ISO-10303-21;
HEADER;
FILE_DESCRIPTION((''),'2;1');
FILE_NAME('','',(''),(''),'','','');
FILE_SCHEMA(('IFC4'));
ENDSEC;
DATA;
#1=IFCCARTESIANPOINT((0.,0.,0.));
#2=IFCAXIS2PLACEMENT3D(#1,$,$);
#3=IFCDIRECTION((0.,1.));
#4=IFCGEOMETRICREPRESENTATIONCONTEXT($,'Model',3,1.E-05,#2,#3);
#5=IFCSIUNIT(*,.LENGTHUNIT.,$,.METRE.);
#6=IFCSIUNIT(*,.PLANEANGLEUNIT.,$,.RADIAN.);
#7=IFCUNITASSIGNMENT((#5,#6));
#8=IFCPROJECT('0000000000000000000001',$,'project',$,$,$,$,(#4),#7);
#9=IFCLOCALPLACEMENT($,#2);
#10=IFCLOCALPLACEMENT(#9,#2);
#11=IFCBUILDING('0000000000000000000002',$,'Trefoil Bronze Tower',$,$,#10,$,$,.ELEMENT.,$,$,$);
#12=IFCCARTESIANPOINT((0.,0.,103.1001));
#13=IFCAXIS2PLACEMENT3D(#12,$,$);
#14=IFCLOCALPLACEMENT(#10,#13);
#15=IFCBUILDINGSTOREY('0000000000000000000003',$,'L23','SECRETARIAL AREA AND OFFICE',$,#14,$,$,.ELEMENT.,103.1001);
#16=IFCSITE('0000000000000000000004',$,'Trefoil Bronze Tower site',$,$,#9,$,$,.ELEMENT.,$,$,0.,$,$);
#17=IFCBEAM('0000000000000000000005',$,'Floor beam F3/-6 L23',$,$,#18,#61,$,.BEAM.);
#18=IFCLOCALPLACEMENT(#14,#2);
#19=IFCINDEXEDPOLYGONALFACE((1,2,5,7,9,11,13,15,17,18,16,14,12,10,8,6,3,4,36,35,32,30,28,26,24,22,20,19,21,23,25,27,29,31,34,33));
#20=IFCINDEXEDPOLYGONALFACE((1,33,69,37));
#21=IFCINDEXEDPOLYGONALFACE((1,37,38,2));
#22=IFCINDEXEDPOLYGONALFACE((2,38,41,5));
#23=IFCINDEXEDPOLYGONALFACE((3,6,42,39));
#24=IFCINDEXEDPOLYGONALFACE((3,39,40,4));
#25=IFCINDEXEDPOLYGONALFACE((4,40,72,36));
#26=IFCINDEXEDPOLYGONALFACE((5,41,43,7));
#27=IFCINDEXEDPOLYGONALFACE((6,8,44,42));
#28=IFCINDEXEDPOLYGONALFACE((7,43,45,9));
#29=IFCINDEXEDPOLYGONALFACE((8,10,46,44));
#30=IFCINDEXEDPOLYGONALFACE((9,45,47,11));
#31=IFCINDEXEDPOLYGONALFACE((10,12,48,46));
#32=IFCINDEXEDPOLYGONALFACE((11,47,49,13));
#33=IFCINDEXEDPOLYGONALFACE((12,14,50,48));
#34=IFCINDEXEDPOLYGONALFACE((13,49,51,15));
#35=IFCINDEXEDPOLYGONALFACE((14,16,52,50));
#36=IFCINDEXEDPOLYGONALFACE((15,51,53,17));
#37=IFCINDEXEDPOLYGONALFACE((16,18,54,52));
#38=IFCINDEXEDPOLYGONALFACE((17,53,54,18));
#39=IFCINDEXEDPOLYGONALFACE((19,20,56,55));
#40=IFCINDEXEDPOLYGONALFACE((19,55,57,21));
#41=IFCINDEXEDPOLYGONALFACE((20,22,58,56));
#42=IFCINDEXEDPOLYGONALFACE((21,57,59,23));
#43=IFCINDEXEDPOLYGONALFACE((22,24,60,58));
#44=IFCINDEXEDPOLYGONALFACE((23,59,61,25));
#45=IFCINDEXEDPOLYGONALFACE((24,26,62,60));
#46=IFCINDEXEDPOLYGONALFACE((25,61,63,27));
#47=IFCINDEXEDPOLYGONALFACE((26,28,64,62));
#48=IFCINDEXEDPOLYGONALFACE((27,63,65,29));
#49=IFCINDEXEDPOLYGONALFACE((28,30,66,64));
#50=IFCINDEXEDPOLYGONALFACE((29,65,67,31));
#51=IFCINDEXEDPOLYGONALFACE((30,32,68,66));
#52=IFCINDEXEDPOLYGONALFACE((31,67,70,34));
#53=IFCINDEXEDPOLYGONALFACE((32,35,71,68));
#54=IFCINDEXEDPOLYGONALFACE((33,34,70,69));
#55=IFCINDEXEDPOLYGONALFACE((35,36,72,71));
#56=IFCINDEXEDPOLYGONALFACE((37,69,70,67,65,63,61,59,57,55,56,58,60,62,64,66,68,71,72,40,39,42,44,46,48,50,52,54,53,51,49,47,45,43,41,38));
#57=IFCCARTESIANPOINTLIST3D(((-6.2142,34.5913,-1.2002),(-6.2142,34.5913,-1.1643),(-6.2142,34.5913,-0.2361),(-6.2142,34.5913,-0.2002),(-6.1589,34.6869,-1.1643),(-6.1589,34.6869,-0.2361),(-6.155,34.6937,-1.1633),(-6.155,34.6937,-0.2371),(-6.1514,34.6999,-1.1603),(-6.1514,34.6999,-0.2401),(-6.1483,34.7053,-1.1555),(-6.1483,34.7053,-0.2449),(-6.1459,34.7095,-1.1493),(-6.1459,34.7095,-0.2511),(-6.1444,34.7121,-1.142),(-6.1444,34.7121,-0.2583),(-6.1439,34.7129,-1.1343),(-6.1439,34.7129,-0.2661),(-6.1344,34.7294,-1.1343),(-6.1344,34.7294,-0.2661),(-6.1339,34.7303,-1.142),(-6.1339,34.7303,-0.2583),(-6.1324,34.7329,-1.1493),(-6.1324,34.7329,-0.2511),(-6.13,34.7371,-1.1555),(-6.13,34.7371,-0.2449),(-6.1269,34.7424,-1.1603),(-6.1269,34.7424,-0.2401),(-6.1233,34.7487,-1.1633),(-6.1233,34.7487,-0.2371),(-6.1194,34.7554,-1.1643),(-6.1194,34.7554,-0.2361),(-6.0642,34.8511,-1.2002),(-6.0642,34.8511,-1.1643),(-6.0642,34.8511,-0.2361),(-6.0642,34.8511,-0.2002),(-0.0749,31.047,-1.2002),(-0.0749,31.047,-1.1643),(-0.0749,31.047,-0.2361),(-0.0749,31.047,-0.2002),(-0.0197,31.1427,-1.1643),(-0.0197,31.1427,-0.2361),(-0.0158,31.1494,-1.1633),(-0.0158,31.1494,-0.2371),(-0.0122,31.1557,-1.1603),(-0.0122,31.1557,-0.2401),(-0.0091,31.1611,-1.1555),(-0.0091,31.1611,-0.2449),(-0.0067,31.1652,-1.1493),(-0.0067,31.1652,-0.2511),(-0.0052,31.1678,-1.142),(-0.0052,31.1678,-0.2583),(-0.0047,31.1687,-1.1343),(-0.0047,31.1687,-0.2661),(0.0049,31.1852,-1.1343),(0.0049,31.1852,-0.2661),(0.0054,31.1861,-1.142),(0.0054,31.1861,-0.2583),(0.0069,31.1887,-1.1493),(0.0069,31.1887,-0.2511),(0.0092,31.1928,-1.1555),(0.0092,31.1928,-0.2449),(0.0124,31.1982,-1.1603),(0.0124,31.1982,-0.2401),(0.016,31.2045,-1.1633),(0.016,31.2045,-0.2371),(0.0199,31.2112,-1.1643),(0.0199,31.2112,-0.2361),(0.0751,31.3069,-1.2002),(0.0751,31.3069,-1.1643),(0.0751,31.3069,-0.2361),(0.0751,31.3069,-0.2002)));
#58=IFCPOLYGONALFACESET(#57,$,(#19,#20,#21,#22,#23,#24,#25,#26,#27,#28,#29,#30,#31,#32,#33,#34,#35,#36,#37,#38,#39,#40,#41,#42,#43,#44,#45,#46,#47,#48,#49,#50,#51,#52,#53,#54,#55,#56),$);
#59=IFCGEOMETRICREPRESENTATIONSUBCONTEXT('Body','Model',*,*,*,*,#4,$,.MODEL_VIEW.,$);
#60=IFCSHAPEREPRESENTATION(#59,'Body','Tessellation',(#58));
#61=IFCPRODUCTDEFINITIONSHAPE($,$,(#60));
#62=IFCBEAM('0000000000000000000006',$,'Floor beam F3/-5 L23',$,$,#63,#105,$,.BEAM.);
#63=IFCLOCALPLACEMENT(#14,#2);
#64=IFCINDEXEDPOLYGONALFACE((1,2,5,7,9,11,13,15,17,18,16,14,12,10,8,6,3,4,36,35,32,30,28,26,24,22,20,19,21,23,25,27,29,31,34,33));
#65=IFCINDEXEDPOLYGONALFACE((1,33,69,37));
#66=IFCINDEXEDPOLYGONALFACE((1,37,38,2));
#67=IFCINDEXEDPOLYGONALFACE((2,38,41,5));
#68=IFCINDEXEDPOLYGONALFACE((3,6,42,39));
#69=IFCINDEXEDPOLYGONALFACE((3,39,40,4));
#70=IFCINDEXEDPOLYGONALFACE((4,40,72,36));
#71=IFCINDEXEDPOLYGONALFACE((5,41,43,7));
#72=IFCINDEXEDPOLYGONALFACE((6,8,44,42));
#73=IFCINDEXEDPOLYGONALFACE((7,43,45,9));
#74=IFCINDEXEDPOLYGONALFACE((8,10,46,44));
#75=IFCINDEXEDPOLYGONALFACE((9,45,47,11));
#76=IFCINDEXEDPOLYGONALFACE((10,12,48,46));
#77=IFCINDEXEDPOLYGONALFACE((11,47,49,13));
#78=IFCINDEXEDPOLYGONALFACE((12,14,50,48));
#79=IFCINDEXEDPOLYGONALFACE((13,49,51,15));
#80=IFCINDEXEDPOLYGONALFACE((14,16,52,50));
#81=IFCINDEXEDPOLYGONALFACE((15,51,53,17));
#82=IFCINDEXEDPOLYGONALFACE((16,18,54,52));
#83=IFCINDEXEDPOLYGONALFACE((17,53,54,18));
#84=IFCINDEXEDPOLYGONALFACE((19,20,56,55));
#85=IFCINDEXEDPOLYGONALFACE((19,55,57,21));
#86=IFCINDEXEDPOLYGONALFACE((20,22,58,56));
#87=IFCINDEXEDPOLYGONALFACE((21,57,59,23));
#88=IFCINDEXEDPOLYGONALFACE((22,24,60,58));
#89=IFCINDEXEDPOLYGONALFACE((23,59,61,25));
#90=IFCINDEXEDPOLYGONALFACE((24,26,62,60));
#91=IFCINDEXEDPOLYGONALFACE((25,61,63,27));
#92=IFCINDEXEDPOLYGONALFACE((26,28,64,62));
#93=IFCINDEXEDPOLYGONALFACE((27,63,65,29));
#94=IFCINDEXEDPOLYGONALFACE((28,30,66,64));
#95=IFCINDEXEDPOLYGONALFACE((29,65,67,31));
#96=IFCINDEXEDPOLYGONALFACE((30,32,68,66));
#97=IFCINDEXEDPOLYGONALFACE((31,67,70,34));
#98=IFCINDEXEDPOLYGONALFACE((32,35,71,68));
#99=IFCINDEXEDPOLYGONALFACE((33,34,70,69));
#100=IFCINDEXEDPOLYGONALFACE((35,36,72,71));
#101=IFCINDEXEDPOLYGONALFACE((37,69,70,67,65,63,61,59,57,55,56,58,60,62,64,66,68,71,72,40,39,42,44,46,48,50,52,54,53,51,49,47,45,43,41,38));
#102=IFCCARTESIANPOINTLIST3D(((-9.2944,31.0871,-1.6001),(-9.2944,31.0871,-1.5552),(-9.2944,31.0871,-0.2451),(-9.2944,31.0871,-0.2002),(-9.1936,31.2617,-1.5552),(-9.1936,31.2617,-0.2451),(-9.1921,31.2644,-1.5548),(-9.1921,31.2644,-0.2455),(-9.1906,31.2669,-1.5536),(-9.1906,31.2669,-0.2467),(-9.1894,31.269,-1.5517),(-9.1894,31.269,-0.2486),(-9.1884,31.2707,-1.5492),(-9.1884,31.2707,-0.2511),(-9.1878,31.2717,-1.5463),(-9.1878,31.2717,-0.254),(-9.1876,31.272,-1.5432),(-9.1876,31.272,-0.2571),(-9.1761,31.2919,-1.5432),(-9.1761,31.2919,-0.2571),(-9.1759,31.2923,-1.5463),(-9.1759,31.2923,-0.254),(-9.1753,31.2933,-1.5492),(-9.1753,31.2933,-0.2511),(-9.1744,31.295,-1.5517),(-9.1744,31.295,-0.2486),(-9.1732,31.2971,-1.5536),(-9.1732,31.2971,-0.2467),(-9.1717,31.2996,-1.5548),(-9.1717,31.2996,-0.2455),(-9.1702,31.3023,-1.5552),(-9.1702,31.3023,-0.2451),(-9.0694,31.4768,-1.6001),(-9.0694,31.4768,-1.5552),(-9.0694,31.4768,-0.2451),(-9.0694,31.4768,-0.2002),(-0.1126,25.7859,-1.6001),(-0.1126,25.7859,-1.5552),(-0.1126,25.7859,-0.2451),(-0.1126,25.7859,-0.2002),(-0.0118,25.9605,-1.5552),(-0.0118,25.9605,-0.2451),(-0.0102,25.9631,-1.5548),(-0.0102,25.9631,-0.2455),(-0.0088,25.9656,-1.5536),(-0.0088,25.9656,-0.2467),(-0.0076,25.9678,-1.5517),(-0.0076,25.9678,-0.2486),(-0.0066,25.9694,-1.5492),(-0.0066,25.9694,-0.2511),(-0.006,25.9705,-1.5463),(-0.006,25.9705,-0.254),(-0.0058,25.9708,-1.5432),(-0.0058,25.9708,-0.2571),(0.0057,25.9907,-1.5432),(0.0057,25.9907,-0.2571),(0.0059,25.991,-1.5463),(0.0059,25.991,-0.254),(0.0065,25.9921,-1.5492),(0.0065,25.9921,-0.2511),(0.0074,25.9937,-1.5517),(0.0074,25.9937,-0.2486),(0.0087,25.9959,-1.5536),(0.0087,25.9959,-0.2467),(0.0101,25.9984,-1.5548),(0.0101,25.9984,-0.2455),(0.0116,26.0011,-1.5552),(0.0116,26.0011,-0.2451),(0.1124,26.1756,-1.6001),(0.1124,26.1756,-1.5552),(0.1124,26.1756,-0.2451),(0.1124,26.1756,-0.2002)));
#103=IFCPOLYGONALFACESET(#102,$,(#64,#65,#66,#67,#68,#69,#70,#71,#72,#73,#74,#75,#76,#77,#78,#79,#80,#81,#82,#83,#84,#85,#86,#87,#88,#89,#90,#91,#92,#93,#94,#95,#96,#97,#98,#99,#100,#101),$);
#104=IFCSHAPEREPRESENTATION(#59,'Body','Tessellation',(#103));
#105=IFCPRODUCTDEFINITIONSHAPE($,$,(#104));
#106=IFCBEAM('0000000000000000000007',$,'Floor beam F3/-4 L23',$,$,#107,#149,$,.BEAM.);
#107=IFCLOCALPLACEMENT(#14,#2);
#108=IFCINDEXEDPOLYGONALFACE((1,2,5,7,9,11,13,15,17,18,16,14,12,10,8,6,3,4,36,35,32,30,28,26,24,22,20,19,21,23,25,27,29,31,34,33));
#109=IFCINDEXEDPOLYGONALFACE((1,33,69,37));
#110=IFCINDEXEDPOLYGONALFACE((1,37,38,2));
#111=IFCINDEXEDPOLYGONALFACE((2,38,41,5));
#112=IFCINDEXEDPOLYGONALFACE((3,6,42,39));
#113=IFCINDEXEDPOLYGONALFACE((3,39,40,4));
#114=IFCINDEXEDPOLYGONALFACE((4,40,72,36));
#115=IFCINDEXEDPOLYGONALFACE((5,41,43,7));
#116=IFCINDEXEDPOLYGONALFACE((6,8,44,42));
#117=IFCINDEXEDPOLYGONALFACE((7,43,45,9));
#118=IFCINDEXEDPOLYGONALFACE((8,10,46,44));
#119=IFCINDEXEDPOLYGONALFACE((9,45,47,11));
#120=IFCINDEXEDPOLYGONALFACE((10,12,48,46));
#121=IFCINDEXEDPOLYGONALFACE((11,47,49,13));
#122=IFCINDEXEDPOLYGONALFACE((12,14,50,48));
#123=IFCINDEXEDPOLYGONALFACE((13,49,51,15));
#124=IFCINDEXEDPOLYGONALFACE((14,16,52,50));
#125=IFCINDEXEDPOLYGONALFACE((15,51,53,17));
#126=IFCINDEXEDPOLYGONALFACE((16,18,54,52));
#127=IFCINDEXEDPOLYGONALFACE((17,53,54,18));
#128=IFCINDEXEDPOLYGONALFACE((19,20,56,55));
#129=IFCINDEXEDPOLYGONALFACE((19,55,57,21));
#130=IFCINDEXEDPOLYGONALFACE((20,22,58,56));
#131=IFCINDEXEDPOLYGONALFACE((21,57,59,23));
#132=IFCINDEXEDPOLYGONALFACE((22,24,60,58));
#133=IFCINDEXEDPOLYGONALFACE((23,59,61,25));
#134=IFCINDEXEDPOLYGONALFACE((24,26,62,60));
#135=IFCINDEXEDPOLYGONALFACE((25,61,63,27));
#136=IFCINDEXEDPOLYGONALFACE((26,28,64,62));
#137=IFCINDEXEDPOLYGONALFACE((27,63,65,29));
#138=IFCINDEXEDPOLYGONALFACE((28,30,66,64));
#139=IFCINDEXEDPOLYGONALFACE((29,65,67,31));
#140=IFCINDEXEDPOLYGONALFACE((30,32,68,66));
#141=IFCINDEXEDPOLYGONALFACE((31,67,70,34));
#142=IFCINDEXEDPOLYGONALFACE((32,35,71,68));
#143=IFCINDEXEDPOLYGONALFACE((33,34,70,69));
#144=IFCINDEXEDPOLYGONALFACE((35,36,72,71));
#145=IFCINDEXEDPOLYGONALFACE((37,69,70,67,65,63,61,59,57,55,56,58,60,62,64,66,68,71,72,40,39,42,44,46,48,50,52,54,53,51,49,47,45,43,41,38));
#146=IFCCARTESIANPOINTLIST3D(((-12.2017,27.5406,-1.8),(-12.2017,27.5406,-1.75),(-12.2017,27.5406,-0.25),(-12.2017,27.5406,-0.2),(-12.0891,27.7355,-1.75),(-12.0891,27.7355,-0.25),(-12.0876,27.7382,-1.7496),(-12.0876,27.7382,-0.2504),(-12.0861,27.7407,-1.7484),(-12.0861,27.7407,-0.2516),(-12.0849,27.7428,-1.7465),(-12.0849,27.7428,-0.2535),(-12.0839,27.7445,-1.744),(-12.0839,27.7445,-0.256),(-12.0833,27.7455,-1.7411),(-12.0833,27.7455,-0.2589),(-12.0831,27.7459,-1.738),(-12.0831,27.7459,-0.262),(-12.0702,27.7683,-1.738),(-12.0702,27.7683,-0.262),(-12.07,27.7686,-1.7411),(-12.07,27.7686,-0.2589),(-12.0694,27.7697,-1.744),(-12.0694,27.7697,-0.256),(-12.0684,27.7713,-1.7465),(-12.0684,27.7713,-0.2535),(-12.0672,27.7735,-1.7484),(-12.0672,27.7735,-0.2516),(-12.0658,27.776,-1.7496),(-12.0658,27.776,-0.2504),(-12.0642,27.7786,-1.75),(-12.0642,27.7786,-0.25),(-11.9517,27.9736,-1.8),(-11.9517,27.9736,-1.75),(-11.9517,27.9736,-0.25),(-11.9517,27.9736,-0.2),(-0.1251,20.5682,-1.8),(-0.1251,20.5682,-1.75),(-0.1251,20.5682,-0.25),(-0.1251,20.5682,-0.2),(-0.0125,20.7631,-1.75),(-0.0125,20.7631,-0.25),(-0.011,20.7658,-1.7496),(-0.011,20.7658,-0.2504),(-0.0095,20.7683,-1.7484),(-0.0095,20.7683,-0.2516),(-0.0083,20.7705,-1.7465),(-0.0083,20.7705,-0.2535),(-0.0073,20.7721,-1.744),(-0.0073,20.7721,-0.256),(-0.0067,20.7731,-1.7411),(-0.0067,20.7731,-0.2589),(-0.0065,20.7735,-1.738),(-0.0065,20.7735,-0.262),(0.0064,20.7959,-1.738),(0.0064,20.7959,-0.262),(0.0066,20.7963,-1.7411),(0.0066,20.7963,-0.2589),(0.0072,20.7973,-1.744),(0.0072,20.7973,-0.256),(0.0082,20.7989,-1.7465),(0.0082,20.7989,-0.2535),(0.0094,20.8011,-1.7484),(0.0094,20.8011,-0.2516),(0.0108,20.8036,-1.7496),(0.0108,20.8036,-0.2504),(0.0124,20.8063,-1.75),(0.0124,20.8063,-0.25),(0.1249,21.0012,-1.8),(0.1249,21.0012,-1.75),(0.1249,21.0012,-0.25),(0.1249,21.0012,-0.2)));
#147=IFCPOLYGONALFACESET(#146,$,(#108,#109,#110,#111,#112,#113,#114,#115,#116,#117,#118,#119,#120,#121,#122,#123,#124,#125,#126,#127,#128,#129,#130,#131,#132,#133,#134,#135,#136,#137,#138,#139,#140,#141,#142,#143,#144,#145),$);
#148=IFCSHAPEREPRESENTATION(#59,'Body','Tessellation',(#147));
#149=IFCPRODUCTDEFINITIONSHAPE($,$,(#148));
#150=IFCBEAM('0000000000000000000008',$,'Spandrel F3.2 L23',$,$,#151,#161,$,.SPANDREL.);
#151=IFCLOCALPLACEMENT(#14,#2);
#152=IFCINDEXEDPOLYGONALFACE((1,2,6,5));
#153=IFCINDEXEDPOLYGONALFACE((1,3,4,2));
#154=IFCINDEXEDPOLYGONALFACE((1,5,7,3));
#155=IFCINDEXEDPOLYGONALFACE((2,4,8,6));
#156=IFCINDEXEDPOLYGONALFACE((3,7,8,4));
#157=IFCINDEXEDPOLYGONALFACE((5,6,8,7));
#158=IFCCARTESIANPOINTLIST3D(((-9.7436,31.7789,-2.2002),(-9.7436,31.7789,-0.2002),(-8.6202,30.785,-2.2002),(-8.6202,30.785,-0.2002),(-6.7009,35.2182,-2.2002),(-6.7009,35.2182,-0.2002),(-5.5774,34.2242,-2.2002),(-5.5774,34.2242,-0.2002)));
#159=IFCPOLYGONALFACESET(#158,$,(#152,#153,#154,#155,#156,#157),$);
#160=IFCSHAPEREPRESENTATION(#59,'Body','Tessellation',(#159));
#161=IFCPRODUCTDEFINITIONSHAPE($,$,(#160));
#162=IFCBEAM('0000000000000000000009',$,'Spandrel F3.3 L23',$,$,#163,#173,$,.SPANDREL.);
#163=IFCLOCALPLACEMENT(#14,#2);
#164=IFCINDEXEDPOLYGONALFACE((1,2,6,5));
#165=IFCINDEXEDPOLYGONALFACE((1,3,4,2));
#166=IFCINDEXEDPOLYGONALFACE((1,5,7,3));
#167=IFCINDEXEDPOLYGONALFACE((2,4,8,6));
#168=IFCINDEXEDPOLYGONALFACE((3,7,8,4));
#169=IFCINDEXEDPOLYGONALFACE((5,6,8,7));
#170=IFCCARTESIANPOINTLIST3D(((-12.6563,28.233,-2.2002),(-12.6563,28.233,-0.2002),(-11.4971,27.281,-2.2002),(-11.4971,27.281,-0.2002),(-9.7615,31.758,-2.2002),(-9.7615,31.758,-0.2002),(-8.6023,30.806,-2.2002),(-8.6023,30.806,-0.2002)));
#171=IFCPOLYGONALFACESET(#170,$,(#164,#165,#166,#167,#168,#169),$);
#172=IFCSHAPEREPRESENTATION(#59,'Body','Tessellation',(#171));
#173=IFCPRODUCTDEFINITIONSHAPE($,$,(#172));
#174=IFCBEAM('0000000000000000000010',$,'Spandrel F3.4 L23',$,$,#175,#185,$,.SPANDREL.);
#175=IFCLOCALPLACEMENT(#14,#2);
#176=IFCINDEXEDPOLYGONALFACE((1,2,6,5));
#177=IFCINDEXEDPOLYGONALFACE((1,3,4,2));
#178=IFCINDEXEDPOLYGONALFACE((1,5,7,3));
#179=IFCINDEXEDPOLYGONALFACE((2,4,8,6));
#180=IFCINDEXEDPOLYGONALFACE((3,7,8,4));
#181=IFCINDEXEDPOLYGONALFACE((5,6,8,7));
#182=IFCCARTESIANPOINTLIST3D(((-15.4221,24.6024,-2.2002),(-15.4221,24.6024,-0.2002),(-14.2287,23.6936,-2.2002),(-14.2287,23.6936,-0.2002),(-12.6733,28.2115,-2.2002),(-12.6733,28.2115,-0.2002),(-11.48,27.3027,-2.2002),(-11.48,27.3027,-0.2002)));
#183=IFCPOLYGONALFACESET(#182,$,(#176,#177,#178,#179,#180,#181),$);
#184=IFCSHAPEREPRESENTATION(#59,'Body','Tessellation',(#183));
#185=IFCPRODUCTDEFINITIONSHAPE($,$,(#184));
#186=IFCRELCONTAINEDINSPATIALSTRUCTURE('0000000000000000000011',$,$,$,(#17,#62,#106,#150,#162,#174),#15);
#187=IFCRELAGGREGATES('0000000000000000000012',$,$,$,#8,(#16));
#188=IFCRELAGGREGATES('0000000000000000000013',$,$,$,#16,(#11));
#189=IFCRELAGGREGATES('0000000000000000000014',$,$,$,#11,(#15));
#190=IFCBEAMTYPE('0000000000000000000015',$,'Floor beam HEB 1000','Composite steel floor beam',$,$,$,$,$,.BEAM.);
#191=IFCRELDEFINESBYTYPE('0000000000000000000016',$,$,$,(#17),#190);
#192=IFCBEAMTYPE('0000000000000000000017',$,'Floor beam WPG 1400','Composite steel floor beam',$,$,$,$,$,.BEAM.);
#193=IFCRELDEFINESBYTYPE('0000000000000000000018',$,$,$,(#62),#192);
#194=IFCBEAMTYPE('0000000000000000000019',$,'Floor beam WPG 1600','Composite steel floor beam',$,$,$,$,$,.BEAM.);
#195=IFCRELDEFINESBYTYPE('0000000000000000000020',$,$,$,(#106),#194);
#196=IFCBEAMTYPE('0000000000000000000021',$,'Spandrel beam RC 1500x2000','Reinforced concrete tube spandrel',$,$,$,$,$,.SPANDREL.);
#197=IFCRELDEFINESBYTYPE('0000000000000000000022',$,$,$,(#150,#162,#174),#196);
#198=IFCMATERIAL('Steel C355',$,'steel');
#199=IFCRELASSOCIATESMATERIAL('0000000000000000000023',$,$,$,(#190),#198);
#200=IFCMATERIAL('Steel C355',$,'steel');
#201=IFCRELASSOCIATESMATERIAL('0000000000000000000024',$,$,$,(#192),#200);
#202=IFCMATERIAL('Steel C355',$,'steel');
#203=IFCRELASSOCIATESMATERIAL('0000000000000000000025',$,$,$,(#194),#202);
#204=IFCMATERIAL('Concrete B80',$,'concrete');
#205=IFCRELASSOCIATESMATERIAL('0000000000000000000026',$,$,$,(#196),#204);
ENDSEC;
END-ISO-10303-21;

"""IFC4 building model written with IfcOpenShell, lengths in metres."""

from ifc_helpers import new_model, si_unit, direction, frame, origin, origin_2d, place, context, subcontext, project, spatial, rectangle, i_section, extrude, material, material_profile, profile_set, type_object, element, save


model = new_model("IFC4")

# Units and contexts
model_context = context("Model", 3, precision=1e-05, world=origin(), true_north=direction((0.0, 1.0)))
body_context = subcontext(model_context, "Body", "Model", "MODEL_VIEW")
ifc_project = project(units=[si_unit("LENGTHUNIT", "METRE"), si_unit("PLANEANGLEUNIT", "RADIAN")], contexts=[model_context])

# Site, building, storey
site_placement = place(None, origin())
site = spatial("IfcSite", under=ifc_project, at=site_placement, Name="Trefoil Bronze Tower site", CompositionType="ELEMENT", RefElevation=0.0)
building_placement = place(site_placement, origin())
building = spatial("IfcBuilding", under=site, at=building_placement, Name="Trefoil Bronze Tower", CompositionType="ELEMENT")
storey_placement = place(building_placement, frame((0.0, 0.0, 103.1001)))
storey = spatial("IfcBuildingStorey", under=building, at=storey_placement, Name="L23", Description="SECRETARIAL AREA AND OFFICE", CompositionType="ELEMENT", Elevation=103.1001)

# Beams
ifc_material_1 = material(Name="Steel C355", Category="steel")
ifc_material_profile_1 = material_profile(ifc_material_1, i_section(OverallWidth=0.3, OverallDepth=1.0, WebThickness=0.019, FlangeThickness=0.0359, FilletRadius=0.03, at=origin_2d()), Name="HEB 1000")
ifc_profile_set_1 = profile_set([ifc_material_profile_1], Name="Steel C355")
beam_type_1 = type_object("IfcBeamType", Name="Floor beam HEB 1000", Description="Composite steel floor beam", PredefinedType="BEAM", material=ifc_profile_set_1)
beam_1_placement = place(storey_placement, frame((-6.1392, 34.7212, -0.7002), z_axis=(0.866041, -0.499973, 0.0), x_axis=(0.499973, 0.866041, 0.0)))
element("IfcBeam", 1, at=beam_1_placement, inside=storey, type_object=beam_type_1, Name="Floor beam F3/-6 L23", PredefinedType="BEAM", context=body_context, shape_type="SweptSolid", body=[
    extrude(i_section(OverallWidth=0.3, OverallDepth=1.0, WebThickness=0.019, FlangeThickness=0.0359, FilletRadius=0.03, at=origin_2d()), origin(), (0.0, 0.0, 1.0), 7.0889),
])
ifc_material_2 = material(Name="Steel C355", Category="steel")
ifc_material_profile_2 = material_profile(ifc_material_2, i_section(OverallWidth=0.45, OverallDepth=1.3999, WebThickness=0.0229, FlangeThickness=0.0449, FilletRadius=0.012, at=origin_2d()), Name="WPG 1400")
ifc_profile_set_2 = profile_set([ifc_material_profile_2], Name="Steel C355")
beam_type_2 = type_object("IfcBeamType", Name="Floor beam WPG 1400", Description="Composite steel floor beam", PredefinedType="BEAM", material=ifc_profile_set_2)
beam_2_placement = place(storey_placement, frame((-9.1819, 31.282, -0.9001), z_axis=(0.866021, -0.500007, 0.0), x_axis=(0.500007, 0.866021, 0.0)))
element("IfcBeam", 2, at=beam_2_placement, inside=storey, type_object=beam_type_2, Name="Floor beam F3/-5 L23", PredefinedType="BEAM", context=body_context, shape_type="SweptSolid", body=[
    extrude(i_section(OverallWidth=0.45, OverallDepth=1.3999, WebThickness=0.0229, FlangeThickness=0.0449, FilletRadius=0.012, at=origin_2d()), origin(), (0.0, 0.0, 1.0), 10.6023),
])
ifc_material_3 = material(Name="Steel C355", Category="steel")
ifc_material_profile_3 = material_profile(ifc_material_3, i_section(OverallWidth=0.5, OverallDepth=1.6001, WebThickness=0.0259, FlangeThickness=0.05, FilletRadius=0.012, at=origin_2d()), Name="WPG 1600")
ifc_profile_set_3 = profile_set([ifc_material_profile_3], Name="Steel C355")
beam_type_3 = type_object("IfcBeamType", Name="Floor beam WPG 1600", Description="Composite steel floor beam", PredefinedType="BEAM", material=ifc_profile_set_3)
beam_3_placement = place(storey_placement, frame((-12.0767, 27.7571, -1.0), z_axis=(0.866027, -0.499997, 0.0), x_axis=(0.499997, 0.866027, 0.0)))
element("IfcBeam", 3, at=beam_3_placement, inside=storey, type_object=beam_type_3, Name="Floor beam F3/-4 L23", PredefinedType="BEAM", context=body_context, shape_type="SweptSolid", body=[
    extrude(i_section(OverallWidth=0.5, OverallDepth=1.6001, WebThickness=0.0259, FlangeThickness=0.05, FilletRadius=0.012, at=origin_2d()), origin(), (0.0, 0.0, 1.0), 13.9448),
])
ifc_material_4 = material(Name="Concrete B80", Category="concrete")
ifc_material_profile_4 = material_profile(ifc_material_4, rectangle(XDim=1.5, YDim=2.0, at=origin_2d()), Name="RC 1500x2000")
ifc_profile_set_4 = profile_set([ifc_material_profile_4], Name="Concrete B80")
beam_type_4 = type_object("IfcBeamType", Name="Spandrel beam RC 1500x2000", Description="Reinforced concrete tube spandrel", PredefinedType="SPANDREL", material=ifc_profile_set_4)
beam_4_placement = place(storey_placement, frame((-6.1392, 34.7212, -1.2002), z_axis=(-0.662616, -0.748959, 0.0), x_axis=(0.748959, -0.662616, 0.0)))
element("IfcBeam", 4, at=beam_4_placement, inside=storey, type_object=beam_type_4, Name="Spandrel F3.2 L23", PredefinedType="SPANDREL", context=body_context, shape_type="SweptSolid", body=[
    extrude(rectangle(XDim=1.5, YDim=2.0, at=origin_2d()), origin(), (0.0, 0.0, 1.0), 4.592),
])
beam_5_placement = place(storey_placement, frame((-9.1819, 31.282, -1.2002), z_axis=(-0.63465, -0.772799, 0.0), x_axis=(0.772799, -0.63465, 0.0)))
element("IfcBeam", 5, at=beam_5_placement, inside=storey, type_object=beam_type_4, Name="Spandrel F3.3 L23", PredefinedType="SPANDREL", context=body_context, shape_type="SweptSolid", body=[
    extrude(rectangle(XDim=1.5, YDim=2.0, at=origin_2d()), origin(), (0.0, 0.0, 1.0), 4.5613),
])
beam_6_placement = place(storey_placement, frame((-12.0767, 27.7571, -1.2002), z_axis=(-0.605899, -0.795542, 0.0), x_axis=(0.795542, -0.605899, 0.0)))
element("IfcBeam", 6, at=beam_6_placement, inside=storey, type_object=beam_type_4, Name="Spandrel F3.4 L23", PredefinedType="SPANDREL", context=body_context, shape_type="SweptSolid", body=[
    extrude(rectangle(XDim=1.5, YDim=2.0, at=origin_2d()), origin(), (0.0, 0.0, 1.0), 4.5366),
])

save(model, "model.ifc")
